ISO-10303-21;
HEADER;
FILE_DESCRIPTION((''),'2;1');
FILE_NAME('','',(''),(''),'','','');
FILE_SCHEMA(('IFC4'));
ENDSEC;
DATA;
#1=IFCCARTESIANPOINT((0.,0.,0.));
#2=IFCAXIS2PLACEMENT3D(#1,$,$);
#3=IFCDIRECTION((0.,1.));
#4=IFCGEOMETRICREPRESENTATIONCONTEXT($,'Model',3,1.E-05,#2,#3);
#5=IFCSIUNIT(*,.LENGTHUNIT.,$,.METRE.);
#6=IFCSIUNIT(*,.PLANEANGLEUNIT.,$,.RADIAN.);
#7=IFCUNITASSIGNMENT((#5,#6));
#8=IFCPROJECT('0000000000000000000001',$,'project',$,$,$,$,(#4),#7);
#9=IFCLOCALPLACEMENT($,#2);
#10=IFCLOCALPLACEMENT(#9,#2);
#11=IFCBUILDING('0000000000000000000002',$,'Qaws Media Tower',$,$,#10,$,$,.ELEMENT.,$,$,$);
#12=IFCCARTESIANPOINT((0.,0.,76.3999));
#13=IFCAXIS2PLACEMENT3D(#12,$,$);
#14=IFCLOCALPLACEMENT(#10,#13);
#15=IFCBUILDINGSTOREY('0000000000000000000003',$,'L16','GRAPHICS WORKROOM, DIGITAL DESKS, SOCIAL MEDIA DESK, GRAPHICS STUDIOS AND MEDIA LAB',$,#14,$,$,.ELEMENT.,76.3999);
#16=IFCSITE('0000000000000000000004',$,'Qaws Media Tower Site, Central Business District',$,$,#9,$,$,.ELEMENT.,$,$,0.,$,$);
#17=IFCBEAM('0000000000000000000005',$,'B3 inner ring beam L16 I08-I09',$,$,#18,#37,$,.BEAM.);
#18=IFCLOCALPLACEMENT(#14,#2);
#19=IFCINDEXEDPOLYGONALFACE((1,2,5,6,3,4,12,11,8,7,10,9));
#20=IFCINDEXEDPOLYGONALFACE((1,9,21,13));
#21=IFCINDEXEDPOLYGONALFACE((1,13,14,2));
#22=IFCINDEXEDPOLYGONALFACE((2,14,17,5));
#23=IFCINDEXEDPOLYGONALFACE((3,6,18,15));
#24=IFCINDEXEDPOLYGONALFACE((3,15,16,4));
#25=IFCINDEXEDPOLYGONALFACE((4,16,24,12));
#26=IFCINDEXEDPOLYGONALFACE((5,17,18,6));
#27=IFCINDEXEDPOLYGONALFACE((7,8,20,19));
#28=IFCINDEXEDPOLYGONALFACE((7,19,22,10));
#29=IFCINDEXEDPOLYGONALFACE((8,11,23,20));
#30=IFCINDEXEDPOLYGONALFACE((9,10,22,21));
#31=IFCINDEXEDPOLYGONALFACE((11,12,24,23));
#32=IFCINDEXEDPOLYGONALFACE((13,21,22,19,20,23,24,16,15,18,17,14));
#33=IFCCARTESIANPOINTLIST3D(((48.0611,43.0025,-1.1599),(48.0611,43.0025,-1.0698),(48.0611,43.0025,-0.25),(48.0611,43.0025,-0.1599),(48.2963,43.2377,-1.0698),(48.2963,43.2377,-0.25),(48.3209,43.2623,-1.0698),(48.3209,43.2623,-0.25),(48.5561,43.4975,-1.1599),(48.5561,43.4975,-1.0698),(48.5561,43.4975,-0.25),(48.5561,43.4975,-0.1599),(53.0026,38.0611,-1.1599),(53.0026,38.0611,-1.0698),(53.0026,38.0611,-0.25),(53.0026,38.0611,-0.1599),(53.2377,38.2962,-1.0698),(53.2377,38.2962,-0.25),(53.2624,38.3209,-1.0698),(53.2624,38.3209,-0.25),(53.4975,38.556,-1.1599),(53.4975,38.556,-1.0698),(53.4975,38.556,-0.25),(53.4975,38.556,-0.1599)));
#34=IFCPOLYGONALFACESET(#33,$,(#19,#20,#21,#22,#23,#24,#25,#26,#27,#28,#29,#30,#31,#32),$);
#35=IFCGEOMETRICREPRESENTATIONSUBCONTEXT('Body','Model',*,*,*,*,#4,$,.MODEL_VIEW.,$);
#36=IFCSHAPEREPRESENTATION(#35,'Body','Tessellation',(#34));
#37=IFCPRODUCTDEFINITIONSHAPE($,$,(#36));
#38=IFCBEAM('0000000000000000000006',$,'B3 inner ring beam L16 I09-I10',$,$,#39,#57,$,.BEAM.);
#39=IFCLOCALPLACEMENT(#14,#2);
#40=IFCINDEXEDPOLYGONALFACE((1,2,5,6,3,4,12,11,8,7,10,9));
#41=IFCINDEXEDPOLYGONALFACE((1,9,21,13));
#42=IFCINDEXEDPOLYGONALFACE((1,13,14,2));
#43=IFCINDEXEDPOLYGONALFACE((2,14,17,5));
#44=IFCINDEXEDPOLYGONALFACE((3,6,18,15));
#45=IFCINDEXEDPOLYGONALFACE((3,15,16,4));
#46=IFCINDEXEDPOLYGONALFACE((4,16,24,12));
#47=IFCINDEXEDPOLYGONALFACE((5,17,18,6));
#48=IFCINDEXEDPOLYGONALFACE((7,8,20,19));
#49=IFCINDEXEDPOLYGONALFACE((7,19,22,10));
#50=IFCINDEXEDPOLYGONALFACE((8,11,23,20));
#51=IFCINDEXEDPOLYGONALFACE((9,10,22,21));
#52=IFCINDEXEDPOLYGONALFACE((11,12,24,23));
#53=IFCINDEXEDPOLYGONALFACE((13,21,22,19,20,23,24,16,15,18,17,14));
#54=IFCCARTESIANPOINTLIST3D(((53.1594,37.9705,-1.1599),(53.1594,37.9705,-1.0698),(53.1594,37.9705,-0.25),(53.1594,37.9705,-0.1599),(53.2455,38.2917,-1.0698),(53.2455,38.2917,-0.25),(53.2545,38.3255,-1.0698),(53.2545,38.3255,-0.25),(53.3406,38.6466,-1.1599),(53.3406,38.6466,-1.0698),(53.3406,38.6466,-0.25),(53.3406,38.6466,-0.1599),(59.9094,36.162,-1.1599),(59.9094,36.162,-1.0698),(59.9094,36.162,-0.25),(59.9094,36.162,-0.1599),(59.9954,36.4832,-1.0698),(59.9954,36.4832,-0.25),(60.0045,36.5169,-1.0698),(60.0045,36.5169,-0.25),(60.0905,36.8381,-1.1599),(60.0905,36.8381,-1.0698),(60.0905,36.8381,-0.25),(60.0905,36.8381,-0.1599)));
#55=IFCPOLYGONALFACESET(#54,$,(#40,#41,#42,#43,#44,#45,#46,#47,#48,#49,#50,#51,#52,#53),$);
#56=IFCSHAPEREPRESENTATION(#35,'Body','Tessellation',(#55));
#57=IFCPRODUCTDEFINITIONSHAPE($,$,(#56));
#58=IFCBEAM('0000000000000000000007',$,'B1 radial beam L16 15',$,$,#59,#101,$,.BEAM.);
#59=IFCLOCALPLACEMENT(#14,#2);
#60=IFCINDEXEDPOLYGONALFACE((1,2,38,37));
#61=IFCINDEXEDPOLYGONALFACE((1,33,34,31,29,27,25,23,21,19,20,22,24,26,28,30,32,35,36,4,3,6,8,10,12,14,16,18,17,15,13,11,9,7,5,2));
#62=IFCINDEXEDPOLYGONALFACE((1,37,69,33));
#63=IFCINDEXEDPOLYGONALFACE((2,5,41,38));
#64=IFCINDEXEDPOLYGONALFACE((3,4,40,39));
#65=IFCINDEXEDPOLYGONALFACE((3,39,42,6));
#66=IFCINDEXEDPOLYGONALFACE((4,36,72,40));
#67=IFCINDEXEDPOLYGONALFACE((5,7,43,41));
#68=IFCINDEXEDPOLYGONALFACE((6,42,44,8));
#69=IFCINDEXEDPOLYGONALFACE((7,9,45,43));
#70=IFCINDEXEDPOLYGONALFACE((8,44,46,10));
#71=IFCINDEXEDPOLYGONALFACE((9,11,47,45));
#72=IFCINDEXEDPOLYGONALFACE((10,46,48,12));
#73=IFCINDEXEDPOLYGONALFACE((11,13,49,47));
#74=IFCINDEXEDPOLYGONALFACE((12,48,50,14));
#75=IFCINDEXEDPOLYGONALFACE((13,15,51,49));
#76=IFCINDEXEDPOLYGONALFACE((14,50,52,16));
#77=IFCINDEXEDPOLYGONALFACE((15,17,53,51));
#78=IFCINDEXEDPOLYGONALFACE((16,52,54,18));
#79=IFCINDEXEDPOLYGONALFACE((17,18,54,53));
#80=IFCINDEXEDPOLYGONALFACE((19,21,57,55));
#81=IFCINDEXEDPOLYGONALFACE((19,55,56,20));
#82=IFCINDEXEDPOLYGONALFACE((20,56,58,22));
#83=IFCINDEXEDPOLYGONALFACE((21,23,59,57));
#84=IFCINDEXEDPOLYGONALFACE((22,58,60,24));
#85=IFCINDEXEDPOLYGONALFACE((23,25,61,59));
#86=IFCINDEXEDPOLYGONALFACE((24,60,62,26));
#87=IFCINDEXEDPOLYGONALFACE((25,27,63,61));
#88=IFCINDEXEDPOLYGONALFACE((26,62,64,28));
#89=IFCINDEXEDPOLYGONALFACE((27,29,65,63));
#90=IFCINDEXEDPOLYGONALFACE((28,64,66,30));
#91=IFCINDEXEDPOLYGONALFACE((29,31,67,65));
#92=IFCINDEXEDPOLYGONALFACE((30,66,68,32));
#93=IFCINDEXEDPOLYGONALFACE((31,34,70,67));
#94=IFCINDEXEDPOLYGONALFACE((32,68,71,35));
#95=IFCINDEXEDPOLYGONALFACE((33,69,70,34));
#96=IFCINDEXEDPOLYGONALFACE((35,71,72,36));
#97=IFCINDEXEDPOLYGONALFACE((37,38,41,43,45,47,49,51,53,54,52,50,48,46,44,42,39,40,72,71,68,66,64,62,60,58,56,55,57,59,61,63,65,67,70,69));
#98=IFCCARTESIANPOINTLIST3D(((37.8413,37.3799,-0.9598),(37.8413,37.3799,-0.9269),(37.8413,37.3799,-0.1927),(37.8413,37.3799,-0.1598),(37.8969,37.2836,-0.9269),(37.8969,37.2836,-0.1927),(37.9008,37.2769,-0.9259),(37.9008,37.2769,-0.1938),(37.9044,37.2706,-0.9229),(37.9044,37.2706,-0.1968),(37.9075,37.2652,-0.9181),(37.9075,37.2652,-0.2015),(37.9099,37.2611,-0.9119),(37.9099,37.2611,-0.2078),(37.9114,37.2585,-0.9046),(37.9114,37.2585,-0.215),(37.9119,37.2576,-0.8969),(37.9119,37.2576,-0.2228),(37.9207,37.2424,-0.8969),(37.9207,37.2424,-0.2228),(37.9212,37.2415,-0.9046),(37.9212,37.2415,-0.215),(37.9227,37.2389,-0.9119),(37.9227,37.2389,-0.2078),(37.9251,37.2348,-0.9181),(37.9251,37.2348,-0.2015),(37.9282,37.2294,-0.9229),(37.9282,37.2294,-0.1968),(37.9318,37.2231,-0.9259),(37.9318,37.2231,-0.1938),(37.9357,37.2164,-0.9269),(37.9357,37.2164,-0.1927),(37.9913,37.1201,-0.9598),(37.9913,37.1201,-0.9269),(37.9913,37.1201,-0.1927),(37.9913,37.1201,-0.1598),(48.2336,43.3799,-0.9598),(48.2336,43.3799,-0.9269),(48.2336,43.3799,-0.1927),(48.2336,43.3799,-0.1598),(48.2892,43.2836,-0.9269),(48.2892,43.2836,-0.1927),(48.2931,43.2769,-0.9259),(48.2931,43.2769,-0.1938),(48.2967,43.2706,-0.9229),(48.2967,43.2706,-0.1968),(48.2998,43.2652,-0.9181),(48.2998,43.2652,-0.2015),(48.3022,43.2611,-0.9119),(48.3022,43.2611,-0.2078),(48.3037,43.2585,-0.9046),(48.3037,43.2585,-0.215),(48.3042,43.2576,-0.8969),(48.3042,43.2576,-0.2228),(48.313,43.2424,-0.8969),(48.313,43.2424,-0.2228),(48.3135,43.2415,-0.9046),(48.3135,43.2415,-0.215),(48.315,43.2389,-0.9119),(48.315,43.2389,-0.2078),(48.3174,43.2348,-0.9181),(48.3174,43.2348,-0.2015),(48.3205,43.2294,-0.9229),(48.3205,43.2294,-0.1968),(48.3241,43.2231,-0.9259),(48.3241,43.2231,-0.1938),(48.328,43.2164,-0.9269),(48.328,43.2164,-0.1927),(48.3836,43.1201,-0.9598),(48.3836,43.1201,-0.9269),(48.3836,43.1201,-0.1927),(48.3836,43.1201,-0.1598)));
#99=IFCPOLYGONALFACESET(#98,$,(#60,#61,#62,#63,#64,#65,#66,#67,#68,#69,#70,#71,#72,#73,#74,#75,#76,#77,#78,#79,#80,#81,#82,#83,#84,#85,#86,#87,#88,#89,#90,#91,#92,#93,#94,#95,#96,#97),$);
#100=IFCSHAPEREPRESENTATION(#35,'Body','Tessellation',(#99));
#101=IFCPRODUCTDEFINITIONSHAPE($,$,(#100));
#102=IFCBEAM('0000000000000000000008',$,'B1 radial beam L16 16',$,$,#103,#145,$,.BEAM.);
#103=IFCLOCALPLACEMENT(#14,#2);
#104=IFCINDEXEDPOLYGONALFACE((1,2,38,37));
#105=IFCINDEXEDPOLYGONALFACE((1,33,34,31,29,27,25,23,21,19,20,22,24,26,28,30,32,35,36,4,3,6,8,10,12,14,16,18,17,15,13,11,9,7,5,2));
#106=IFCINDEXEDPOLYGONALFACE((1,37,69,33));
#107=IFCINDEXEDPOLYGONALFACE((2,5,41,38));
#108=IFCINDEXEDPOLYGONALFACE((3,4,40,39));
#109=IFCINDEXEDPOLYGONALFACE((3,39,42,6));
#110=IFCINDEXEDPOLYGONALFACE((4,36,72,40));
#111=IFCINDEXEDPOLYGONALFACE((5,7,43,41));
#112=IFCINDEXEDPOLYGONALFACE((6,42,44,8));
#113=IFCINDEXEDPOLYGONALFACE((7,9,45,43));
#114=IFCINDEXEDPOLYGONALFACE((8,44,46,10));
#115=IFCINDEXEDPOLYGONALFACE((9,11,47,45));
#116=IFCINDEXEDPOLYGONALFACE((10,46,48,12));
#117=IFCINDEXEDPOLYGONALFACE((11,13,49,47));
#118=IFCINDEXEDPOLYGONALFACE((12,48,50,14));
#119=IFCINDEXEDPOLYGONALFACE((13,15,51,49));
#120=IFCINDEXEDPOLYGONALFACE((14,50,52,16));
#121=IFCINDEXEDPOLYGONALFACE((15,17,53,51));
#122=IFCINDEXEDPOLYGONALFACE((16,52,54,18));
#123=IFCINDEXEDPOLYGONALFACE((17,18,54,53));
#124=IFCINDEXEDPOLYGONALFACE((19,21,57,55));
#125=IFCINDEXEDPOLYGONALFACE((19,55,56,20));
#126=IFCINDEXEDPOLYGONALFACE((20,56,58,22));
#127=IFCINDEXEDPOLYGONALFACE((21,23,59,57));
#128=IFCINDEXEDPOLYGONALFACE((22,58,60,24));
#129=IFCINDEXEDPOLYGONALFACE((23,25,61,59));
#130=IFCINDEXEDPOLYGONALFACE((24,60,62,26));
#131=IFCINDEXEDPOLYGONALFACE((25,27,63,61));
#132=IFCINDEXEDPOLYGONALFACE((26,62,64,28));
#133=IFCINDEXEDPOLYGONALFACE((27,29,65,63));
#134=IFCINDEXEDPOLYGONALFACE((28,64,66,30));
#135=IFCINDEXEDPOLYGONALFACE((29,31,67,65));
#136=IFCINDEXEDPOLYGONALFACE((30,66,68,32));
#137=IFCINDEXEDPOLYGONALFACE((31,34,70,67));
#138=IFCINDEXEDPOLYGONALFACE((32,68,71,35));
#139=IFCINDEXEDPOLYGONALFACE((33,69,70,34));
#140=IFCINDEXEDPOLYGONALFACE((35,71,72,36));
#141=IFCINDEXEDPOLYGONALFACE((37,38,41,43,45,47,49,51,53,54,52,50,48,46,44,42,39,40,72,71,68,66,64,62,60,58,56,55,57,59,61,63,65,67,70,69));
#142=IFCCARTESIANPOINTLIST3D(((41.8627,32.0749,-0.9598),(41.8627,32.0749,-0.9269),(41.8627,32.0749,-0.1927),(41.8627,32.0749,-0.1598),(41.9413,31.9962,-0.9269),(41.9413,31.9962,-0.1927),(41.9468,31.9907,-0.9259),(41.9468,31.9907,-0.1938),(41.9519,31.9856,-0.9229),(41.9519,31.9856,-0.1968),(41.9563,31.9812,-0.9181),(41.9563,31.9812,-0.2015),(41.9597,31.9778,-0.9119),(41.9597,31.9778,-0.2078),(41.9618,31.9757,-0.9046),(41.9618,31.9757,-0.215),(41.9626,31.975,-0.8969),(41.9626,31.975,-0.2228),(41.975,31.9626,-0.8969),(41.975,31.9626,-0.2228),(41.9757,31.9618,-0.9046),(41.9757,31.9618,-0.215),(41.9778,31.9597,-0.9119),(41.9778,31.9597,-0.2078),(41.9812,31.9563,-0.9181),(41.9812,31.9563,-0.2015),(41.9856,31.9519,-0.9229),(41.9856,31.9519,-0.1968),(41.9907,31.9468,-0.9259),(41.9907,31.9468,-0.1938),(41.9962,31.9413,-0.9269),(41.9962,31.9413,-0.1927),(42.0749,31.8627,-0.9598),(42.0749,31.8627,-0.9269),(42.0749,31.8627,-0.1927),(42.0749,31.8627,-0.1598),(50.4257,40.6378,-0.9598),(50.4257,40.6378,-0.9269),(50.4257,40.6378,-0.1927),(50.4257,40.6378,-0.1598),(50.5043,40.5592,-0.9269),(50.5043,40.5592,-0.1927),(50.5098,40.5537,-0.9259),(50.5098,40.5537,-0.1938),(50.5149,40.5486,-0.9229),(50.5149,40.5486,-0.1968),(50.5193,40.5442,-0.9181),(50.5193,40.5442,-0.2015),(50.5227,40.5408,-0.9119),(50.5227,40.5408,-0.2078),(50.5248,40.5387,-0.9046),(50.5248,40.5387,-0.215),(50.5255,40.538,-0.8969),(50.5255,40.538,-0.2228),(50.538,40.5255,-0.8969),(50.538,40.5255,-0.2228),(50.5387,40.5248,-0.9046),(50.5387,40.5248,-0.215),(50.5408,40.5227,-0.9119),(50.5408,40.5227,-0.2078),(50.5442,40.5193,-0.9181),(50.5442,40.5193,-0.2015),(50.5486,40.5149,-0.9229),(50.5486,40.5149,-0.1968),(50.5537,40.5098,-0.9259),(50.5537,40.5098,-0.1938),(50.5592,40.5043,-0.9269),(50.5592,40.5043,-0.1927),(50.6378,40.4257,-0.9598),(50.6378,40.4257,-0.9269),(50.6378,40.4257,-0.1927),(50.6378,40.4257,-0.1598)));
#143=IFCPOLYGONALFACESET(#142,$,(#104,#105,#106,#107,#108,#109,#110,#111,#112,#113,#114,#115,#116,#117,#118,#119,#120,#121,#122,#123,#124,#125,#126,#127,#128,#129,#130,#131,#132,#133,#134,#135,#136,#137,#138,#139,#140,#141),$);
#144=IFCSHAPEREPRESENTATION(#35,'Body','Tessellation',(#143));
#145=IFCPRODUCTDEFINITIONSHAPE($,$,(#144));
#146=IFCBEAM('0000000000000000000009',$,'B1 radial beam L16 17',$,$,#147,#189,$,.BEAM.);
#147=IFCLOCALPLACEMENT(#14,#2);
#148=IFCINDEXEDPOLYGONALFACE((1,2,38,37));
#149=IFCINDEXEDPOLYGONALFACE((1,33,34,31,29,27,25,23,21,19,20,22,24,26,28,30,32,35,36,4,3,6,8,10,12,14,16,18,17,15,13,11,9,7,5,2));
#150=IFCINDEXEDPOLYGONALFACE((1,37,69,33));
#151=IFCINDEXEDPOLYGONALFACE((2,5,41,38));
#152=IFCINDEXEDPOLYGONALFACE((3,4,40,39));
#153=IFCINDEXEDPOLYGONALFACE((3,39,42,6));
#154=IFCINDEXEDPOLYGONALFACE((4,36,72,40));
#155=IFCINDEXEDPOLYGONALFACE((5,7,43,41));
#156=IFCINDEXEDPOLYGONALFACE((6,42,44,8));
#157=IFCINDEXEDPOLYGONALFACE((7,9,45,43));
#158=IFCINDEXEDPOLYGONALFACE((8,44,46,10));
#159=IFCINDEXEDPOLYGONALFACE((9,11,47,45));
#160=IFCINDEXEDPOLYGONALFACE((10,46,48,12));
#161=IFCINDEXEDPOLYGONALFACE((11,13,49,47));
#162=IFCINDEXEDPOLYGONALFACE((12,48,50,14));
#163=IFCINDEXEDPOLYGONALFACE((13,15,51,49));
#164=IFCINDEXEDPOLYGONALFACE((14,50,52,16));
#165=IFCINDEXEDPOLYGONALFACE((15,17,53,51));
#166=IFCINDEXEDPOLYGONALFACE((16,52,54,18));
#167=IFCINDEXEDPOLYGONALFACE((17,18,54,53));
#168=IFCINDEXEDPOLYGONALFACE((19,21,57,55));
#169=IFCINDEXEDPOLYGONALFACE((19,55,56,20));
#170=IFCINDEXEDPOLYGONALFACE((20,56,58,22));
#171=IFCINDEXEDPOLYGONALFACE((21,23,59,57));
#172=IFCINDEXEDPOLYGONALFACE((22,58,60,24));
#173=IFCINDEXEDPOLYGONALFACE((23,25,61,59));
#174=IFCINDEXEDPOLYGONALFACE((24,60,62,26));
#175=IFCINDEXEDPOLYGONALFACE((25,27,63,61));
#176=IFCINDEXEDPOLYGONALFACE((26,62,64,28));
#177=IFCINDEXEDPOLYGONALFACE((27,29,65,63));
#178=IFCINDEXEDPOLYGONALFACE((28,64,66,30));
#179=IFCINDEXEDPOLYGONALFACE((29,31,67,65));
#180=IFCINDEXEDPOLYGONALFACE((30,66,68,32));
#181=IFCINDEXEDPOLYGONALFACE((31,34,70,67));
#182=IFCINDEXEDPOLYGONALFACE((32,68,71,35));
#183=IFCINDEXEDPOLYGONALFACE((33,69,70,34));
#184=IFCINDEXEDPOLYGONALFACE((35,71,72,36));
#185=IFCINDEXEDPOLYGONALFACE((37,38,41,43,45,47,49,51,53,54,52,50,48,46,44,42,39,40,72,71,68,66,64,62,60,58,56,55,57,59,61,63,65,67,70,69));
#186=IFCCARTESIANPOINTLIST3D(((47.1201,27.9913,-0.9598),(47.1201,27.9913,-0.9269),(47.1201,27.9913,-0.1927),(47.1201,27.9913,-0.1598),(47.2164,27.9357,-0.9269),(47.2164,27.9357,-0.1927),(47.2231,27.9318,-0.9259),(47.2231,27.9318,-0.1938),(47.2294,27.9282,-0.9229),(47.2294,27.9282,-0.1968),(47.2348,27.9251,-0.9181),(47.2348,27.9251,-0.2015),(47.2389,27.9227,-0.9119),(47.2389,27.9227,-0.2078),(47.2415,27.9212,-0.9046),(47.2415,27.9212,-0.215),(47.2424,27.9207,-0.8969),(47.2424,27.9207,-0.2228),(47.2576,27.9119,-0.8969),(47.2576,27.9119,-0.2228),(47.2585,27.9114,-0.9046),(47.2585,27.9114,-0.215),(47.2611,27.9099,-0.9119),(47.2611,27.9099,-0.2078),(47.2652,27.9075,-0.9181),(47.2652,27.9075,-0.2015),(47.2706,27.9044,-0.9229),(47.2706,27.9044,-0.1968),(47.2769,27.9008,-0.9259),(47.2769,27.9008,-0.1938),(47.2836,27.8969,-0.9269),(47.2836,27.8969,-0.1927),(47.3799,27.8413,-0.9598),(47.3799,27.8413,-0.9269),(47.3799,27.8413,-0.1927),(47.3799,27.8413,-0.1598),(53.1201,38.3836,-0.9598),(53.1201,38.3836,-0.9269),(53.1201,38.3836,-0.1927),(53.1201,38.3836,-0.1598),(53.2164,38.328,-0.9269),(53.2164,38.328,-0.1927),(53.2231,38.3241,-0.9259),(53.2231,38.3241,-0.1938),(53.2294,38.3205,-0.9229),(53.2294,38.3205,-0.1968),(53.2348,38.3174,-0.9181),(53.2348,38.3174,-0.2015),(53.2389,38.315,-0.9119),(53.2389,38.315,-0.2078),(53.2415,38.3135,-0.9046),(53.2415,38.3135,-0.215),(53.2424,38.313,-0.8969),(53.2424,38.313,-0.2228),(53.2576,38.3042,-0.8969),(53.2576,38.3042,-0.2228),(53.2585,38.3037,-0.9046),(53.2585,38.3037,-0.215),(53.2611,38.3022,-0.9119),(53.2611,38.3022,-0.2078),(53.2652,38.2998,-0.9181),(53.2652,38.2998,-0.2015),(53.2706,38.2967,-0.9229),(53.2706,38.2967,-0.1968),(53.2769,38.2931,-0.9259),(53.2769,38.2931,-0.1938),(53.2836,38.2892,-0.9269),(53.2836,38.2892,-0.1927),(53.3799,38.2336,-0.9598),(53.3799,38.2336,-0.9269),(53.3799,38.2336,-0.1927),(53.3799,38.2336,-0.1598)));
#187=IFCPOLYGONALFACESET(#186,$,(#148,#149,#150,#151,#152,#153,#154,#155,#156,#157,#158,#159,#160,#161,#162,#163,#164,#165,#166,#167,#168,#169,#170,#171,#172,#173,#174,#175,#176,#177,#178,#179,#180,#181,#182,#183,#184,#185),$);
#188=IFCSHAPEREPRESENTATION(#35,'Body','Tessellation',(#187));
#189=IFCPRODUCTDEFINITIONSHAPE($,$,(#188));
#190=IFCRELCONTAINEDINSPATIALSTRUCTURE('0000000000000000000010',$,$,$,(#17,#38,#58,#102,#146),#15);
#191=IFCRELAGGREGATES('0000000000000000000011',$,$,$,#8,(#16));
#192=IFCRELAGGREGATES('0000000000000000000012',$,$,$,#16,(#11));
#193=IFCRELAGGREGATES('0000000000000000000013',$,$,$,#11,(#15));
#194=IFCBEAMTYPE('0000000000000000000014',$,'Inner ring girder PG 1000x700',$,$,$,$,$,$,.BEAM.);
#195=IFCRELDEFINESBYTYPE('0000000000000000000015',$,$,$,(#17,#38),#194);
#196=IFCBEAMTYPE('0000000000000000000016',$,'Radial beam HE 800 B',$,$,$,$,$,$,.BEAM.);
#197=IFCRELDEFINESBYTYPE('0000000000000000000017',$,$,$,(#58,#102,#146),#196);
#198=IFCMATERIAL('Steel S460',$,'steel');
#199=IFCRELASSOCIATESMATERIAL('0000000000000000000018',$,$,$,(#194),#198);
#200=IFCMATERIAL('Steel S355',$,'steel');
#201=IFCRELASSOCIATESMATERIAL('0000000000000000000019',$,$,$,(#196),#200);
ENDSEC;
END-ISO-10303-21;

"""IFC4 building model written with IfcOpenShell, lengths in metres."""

from ifc_helpers import new_model, si_unit, direction, frame, origin, origin_2d, place, context, subcontext, project, spatial, i_section, extrude, material, material_profile, profile_set, type_object, element, save


model = new_model("IFC4")

# Units and contexts
model_context = context("Model", 3, precision=1e-05, world=origin(), true_north=direction((0.0, 1.0)))
body_context = subcontext(model_context, "Body", "Model", "MODEL_VIEW")
ifc_project = project(units=[si_unit("LENGTHUNIT", "METRE"), si_unit("PLANEANGLEUNIT", "RADIAN")], contexts=[model_context])

# Site, building, storey
site_placement = place(None, origin())
site = spatial("IfcSite", under=ifc_project, at=site_placement, Name="Qaws Media Tower Site, Central Business District", CompositionType="ELEMENT", RefElevation=0.0)
building_placement = place(site_placement, origin())
building = spatial("IfcBuilding", under=site, at=building_placement, Name="Qaws Media Tower", CompositionType="ELEMENT")
storey_placement = place(building_placement, frame((0.0, 0.0, 76.3999)))
storey = spatial("IfcBuildingStorey", under=building, at=storey_placement, Name="L16", Description="GRAPHICS WORKROOM, DIGITAL DESKS, SOCIAL MEDIA DESK, GRAPHICS STUDIOS AND MEDIA LAB", CompositionType="ELEMENT", Elevation=76.3999)

# Beams
ifc_material_1 = material(Name="Steel S460", Category="steel")
ifc_material_profile_1 = material_profile(ifc_material_1, i_section(OverallWidth=0.7, OverallDepth=1.0, WebThickness=0.0349, FlangeThickness=0.0901, at=origin_2d()), Name="PG 1000x700")
ifc_profile_set_1 = profile_set([ifc_material_profile_1], Name="Steel S460")
beam_type_1 = type_object("IfcBeamType", Name="Inner ring girder PG 1000x700", PredefinedType="BEAM", material=ifc_profile_set_1)
beam_1_placement = place(storey_placement, frame((48.3086, 43.25, -0.6599), z_axis=(0.707107, -0.707107, 0.0), x_axis=(0.707107, 0.707107, 0.0)))
element("IfcBeam", 1, at=beam_1_placement, inside=storey, type_object=beam_type_1, Name="B3 inner ring beam L16 I08-I09", PredefinedType="BEAM", context=body_context, shape_type="SweptSolid", body=[
    extrude(i_section(OverallWidth=0.7, OverallDepth=1.0, WebThickness=0.0349, FlangeThickness=0.0901, at=origin_2d()), origin(), (0.0, 0.0, 1.0), 6.9883),
])
beam_2_placement = place(storey_placement, frame((53.25, 38.3086, -0.6599), z_axis=(0.965928, -0.258811, 0.0), x_axis=(0.258811, 0.965928, 0.0)))
element("IfcBeam", 2, at=beam_2_placement, inside=storey, type_object=beam_type_1, Name="B3 inner ring beam L16 I09-I10", PredefinedType="BEAM", context=body_context, shape_type="SweptSolid", body=[
    extrude(i_section(OverallWidth=0.7, OverallDepth=1.0, WebThickness=0.0349, FlangeThickness=0.0901, at=origin_2d()), origin(), (0.0, 0.0, 1.0), 6.988),
])
ifc_material_2 = material(Name="Steel S355", Category="steel")
ifc_material_profile_2 = material_profile(ifc_material_2, i_section(OverallWidth=0.3, OverallDepth=0.8, WebThickness=0.0176, FlangeThickness=0.033, FilletRadius=0.03, at=origin_2d()), Name="HE 800 B")
ifc_profile_set_2 = profile_set([ifc_material_profile_2], Name="Steel S355")
beam_type_2 = type_object("IfcBeamType", Name="Radial beam HE 800 B", PredefinedType="BEAM", material=ifc_profile_set_2)
beam_3_placement = place(storey_placement, frame((48.3086, 43.25, -0.5598), z_axis=(-0.866026, -0.499999, 0.0), x_axis=(0.499999, -0.866026, 0.0)))
element("IfcBeam", 3, at=beam_3_placement, inside=storey, type_object=beam_type_2, Name="B1 radial beam L16 15", PredefinedType="BEAM", context=body_context, shape_type="SweptSolid", body=[
    extrude(i_section(OverallWidth=0.3, OverallDepth=0.8, WebThickness=0.0176, FlangeThickness=0.033, FilletRadius=0.03, at=origin_2d()), origin(), (0.0, 0.0, 1.0), 12.0),
])
beam_4_placement = place(storey_placement, frame((50.5317, 40.5317, -0.5598), z_axis=(-0.707107, -0.707107, 0.0), x_axis=(0.707107, -0.707107, 0.0)))
element("IfcBeam", 4, at=beam_4_placement, inside=storey, type_object=beam_type_2, Name="B1 radial beam L16 16", PredefinedType="BEAM", context=body_context, shape_type="SweptSolid", body=[
    extrude(i_section(OverallWidth=0.3, OverallDepth=0.8, WebThickness=0.0176, FlangeThickness=0.033, FilletRadius=0.03, at=origin_2d()), origin(), (0.0, 0.0, 1.0), 12.1099),
])
beam_5_placement = place(storey_placement, frame((53.25, 38.3086, -0.5598), z_axis=(-0.499999, -0.866026, 0.0), x_axis=(0.866026, -0.499999, 0.0)))
element("IfcBeam", 5, at=beam_5_placement, inside=storey, type_object=beam_type_2, Name="B1 radial beam L16 17", PredefinedType="BEAM", context=body_context, shape_type="SweptSolid", body=[
    extrude(i_section(OverallWidth=0.3, OverallDepth=0.8, WebThickness=0.0176, FlangeThickness=0.033, FilletRadius=0.03, at=origin_2d()), origin(), (0.0, 0.0, 1.0), 12.0),
])

save(model, "model.ifc")
